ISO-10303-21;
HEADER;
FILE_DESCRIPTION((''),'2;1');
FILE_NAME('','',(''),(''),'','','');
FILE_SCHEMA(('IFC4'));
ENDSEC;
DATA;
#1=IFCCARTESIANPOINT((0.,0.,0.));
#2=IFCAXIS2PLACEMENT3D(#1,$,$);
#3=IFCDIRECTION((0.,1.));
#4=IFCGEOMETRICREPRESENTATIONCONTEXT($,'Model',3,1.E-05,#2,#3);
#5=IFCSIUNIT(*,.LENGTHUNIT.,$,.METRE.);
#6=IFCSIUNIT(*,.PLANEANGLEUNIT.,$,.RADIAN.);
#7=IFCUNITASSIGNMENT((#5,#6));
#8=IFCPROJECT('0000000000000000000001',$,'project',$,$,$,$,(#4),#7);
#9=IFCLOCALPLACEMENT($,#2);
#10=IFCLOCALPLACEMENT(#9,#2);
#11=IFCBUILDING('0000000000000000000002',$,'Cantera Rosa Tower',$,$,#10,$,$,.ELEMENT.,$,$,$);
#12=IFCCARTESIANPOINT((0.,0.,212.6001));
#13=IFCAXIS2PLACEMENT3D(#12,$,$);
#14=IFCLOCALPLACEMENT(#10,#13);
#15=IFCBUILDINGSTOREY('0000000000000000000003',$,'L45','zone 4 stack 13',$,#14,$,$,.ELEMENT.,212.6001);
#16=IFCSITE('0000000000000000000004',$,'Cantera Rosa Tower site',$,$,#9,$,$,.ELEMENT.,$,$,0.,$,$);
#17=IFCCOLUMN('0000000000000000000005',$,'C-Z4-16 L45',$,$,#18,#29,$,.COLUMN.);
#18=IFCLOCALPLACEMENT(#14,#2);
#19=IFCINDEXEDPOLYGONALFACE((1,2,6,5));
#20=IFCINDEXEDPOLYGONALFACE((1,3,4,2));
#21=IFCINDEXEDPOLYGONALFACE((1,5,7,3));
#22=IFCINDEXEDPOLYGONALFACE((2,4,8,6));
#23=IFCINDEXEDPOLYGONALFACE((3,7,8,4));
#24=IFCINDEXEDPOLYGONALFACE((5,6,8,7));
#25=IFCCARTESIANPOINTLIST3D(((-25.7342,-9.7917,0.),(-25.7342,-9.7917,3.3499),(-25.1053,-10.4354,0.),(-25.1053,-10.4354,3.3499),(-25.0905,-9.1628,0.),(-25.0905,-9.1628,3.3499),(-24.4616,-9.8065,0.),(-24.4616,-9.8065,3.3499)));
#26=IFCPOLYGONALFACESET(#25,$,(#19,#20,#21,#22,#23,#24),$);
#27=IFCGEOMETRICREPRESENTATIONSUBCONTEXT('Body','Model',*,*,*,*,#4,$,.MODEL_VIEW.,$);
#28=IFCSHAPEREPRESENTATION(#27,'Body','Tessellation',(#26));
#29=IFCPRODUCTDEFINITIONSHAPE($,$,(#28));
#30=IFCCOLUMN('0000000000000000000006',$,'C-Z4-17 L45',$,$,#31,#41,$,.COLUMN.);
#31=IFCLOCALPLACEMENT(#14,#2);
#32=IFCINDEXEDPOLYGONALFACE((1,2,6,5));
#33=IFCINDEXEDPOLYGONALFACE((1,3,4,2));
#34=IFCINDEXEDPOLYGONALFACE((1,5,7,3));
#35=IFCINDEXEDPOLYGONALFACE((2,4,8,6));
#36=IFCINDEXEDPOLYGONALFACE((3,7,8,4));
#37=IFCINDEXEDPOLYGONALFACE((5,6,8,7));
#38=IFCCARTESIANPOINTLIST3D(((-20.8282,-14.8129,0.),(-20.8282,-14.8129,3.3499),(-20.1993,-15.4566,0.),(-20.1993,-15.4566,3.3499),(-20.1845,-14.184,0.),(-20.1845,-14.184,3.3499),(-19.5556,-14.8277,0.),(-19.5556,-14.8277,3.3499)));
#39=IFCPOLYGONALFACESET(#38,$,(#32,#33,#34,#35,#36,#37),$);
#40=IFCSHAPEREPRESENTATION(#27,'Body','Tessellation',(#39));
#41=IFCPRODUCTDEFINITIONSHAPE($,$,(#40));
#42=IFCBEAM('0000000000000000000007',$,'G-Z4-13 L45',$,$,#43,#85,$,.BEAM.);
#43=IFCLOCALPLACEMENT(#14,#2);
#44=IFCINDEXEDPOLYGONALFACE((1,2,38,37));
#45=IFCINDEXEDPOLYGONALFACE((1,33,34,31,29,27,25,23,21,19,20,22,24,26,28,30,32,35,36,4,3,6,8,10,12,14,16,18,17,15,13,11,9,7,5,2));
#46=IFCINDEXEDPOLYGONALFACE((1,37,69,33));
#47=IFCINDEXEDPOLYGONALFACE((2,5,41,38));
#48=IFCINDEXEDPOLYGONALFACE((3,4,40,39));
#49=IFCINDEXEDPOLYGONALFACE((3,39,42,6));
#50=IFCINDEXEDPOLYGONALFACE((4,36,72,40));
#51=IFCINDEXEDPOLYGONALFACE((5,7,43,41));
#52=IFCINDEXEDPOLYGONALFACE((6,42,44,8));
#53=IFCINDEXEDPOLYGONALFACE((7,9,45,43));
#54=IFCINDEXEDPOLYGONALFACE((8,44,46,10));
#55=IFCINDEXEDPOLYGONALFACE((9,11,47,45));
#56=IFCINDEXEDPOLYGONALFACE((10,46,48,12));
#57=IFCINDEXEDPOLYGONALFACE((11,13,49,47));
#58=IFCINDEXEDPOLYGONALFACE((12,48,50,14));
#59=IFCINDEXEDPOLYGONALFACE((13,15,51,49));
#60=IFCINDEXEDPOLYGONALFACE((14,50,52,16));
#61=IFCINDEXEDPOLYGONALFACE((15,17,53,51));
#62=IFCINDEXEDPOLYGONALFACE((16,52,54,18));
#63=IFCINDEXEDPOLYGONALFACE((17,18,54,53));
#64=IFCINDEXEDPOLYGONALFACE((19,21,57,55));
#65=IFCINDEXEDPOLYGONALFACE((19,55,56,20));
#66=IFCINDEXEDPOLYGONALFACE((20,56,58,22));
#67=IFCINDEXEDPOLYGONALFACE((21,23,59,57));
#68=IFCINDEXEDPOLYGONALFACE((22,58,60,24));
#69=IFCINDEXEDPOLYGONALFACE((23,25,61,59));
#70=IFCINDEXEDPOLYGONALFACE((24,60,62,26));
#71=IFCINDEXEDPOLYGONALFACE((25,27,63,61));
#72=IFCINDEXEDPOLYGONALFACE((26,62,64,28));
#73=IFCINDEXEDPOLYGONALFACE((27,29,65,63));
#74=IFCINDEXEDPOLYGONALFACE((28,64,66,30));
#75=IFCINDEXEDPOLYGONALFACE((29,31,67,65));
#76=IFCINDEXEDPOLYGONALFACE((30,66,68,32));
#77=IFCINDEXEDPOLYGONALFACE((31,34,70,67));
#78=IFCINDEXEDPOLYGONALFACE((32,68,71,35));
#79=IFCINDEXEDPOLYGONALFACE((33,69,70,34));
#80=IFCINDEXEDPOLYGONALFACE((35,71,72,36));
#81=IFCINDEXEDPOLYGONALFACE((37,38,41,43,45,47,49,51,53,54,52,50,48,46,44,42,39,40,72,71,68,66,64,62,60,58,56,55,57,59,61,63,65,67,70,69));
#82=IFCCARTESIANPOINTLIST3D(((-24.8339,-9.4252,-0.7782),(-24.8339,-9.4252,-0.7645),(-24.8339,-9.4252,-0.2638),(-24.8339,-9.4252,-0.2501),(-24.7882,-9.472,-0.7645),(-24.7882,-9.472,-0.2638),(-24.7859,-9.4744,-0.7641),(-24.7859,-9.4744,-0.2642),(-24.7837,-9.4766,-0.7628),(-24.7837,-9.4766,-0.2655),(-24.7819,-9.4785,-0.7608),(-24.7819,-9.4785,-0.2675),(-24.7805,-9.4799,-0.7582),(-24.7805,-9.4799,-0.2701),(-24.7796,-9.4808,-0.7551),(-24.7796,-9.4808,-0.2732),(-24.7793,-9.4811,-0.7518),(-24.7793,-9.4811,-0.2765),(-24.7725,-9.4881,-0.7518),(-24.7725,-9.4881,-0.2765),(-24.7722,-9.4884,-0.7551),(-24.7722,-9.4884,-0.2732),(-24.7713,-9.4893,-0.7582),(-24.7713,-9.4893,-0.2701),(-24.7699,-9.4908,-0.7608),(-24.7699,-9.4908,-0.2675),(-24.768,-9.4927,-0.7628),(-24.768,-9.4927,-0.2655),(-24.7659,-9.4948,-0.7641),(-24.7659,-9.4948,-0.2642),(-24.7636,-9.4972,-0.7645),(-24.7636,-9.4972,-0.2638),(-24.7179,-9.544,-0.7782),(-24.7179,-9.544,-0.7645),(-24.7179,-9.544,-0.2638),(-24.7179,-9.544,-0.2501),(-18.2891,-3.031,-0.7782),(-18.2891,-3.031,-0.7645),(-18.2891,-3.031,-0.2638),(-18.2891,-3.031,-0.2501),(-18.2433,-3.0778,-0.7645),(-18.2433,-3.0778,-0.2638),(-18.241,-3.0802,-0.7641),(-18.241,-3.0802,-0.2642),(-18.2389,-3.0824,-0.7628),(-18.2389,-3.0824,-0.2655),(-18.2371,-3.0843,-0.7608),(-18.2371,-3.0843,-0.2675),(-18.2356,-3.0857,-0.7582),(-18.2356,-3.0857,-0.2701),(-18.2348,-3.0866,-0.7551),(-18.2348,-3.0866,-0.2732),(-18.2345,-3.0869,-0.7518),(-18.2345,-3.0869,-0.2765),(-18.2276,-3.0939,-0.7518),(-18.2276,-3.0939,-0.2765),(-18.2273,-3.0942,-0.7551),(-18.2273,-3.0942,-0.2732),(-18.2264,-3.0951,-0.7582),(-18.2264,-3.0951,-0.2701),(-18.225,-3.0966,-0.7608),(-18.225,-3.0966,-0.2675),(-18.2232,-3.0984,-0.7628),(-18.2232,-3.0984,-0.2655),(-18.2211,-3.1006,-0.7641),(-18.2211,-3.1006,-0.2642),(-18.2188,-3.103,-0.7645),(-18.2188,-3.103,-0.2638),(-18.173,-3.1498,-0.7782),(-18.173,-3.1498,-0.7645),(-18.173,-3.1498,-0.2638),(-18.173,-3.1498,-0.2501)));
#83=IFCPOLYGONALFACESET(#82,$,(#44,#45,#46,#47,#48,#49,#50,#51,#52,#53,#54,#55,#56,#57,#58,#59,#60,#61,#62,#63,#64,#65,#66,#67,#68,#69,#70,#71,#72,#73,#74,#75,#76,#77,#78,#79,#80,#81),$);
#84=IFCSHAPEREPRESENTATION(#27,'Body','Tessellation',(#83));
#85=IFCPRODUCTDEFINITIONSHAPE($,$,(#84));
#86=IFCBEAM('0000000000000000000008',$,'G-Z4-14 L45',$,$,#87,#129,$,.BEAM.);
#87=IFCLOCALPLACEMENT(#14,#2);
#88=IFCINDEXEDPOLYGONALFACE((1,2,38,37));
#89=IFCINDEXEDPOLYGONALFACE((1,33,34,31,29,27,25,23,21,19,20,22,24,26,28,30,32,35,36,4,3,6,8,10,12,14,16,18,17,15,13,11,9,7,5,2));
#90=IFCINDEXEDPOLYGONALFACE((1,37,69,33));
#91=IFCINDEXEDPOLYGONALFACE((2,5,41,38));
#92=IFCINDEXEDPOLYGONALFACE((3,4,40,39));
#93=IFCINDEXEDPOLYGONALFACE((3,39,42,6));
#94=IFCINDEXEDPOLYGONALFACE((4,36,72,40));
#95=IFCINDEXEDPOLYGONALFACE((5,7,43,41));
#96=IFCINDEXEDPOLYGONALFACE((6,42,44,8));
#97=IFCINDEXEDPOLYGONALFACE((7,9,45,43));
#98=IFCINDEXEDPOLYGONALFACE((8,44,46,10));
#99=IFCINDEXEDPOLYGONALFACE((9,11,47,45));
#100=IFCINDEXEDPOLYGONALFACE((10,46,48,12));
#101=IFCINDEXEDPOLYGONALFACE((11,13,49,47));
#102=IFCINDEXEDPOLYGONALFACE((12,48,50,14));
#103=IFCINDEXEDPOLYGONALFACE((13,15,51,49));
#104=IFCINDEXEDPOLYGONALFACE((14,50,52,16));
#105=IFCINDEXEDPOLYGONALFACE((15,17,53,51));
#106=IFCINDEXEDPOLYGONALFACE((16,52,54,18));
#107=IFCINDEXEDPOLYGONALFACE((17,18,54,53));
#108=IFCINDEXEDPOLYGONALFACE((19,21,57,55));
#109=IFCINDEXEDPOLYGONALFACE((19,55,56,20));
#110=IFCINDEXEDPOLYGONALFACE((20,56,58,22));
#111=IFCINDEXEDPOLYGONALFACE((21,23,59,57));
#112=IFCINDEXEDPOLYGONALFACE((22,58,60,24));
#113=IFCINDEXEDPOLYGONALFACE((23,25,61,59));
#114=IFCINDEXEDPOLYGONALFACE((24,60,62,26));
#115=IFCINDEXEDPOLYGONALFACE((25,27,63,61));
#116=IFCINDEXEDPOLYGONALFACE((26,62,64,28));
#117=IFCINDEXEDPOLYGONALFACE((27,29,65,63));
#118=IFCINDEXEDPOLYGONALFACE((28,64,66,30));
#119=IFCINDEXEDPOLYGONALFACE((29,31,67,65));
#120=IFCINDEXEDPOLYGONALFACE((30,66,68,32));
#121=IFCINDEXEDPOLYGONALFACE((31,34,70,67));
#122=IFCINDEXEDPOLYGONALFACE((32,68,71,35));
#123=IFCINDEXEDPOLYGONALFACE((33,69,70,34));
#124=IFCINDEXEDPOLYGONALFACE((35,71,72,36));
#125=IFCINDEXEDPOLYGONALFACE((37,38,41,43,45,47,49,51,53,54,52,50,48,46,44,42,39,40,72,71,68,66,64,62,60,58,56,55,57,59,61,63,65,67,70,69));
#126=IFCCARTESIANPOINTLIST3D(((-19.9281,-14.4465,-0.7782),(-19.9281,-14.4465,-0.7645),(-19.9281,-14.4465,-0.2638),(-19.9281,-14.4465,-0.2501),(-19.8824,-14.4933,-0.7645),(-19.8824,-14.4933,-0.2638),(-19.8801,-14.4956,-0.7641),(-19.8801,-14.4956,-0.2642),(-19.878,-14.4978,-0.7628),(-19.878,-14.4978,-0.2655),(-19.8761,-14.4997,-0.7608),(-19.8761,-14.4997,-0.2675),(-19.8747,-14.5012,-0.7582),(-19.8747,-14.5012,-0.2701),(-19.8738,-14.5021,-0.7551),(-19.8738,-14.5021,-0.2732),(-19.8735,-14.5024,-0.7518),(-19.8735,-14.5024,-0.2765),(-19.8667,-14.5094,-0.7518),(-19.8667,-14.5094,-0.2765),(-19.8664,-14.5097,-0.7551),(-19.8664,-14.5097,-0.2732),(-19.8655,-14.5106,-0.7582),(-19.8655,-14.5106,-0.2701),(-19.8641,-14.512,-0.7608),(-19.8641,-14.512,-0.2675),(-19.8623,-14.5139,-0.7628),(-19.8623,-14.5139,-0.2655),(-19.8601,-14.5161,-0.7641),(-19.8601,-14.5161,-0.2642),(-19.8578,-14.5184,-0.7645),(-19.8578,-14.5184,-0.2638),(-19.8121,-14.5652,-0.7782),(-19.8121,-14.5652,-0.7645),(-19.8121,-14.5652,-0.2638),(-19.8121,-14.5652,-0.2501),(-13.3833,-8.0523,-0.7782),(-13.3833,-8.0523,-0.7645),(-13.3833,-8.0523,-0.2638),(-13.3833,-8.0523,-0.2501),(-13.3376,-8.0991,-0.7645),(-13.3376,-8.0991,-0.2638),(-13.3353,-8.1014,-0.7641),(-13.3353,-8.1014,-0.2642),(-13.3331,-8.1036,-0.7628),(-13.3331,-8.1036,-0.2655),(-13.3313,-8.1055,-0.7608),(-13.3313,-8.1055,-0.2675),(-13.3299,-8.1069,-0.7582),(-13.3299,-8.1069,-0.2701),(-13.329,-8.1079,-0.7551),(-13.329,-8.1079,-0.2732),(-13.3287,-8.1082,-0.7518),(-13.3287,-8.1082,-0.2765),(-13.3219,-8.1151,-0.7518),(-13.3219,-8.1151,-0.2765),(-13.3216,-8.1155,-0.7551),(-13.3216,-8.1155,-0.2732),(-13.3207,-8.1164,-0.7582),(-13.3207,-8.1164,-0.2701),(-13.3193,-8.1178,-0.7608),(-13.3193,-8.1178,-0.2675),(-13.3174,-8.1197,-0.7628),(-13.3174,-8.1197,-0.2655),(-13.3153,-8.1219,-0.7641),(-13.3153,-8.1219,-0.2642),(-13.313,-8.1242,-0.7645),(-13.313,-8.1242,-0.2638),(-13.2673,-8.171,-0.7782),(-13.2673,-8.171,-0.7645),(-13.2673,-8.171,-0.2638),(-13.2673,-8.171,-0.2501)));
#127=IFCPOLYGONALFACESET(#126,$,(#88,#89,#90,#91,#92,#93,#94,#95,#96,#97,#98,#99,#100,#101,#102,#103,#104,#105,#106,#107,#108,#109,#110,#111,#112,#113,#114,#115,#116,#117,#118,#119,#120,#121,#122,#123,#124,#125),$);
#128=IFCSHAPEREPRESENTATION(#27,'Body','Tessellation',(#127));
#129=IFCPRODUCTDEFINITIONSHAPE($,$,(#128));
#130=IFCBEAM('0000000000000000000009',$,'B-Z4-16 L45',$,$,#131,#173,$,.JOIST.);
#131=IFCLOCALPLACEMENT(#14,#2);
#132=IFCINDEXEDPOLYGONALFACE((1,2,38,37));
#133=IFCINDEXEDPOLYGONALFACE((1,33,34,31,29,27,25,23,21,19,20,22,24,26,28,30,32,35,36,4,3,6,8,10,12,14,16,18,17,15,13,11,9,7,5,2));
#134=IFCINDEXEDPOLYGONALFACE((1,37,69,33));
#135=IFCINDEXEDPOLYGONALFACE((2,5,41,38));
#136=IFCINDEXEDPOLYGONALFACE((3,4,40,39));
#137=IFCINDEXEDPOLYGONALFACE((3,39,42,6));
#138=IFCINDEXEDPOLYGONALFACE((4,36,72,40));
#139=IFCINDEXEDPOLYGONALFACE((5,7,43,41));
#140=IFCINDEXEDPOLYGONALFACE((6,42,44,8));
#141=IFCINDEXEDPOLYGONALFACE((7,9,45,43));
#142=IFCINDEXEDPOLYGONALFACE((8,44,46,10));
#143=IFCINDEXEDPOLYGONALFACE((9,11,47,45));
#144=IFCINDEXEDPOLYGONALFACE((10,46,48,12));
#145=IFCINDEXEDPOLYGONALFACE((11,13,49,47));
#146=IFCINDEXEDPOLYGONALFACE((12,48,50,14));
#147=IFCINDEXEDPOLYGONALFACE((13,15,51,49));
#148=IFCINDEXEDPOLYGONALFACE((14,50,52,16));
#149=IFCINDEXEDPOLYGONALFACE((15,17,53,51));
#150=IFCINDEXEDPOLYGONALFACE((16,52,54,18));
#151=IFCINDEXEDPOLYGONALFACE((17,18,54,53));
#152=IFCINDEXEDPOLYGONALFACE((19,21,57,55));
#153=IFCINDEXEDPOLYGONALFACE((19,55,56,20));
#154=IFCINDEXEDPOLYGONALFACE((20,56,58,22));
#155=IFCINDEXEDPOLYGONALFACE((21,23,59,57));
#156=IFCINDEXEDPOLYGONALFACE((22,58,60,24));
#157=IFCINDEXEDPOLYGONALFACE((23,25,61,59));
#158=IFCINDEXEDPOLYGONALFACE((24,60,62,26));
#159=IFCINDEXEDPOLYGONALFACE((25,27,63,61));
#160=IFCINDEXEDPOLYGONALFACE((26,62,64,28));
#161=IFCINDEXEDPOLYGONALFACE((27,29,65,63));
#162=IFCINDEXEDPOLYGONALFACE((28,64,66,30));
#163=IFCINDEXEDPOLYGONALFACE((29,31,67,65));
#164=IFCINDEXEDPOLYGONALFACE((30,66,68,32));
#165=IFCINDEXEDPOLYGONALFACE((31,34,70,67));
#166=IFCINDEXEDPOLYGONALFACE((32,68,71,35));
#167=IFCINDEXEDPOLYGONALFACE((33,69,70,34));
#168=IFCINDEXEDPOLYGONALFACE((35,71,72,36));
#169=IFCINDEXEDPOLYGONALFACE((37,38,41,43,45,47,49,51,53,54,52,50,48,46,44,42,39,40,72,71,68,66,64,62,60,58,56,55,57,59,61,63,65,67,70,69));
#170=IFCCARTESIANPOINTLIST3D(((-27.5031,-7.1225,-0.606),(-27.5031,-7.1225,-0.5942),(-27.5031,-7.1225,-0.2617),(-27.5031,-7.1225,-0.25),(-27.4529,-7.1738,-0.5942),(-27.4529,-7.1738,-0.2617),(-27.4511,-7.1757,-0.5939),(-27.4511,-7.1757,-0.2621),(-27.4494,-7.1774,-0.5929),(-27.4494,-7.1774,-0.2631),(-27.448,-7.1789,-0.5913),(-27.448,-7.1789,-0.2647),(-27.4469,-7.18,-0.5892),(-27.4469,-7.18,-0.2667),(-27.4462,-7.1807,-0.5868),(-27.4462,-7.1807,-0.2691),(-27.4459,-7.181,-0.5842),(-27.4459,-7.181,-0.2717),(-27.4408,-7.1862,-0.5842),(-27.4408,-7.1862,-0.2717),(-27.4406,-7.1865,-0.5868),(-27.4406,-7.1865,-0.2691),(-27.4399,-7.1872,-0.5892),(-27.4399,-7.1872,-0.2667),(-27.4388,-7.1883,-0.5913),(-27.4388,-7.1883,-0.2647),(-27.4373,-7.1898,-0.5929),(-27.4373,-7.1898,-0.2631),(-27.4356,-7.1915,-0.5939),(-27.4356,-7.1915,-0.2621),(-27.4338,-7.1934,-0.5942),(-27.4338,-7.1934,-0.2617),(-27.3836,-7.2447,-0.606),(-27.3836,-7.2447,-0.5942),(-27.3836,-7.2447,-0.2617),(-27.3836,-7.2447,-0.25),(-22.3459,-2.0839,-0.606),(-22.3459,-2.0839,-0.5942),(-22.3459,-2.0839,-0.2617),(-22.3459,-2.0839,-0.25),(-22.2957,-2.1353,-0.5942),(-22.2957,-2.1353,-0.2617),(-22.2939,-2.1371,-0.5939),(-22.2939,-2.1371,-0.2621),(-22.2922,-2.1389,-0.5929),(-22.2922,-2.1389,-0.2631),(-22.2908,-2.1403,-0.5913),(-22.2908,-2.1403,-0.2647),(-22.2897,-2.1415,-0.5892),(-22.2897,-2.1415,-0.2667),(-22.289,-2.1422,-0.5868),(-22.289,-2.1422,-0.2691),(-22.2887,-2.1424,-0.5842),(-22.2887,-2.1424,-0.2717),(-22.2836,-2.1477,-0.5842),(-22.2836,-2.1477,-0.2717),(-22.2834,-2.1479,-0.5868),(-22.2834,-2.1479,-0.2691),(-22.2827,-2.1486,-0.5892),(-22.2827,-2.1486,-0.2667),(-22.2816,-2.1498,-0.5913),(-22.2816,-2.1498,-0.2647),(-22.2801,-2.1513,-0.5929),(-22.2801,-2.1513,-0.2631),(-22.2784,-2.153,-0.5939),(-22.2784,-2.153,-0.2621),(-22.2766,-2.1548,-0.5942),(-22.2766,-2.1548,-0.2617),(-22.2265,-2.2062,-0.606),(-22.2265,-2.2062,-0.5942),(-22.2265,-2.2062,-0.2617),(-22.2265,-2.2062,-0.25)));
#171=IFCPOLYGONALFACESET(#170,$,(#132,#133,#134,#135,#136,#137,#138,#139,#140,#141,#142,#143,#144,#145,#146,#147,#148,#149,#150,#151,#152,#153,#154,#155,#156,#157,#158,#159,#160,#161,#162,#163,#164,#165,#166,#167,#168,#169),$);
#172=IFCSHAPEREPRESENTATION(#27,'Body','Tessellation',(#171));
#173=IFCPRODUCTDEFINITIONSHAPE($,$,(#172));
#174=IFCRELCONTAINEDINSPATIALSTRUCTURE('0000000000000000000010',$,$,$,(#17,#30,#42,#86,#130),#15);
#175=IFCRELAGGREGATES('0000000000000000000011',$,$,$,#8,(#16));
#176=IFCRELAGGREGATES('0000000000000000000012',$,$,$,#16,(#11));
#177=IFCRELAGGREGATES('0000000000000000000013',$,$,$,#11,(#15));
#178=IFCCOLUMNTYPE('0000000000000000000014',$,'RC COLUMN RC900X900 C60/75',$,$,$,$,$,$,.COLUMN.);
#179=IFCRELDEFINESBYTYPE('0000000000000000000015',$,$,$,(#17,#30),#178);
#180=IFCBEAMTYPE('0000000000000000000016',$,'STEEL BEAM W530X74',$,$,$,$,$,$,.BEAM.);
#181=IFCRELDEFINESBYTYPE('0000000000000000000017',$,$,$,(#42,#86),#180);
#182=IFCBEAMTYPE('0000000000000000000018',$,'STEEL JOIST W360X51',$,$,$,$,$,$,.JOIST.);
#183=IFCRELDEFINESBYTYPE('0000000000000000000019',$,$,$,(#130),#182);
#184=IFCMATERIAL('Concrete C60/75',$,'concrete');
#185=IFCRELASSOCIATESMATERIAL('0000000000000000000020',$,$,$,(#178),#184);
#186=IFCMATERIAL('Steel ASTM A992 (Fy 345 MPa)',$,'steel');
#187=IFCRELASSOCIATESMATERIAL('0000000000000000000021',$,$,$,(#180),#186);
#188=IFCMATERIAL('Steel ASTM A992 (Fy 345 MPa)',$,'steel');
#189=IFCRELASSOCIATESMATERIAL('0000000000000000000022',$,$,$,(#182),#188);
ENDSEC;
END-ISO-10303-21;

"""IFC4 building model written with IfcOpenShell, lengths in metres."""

from ifc_helpers import new_model, si_unit, direction, frame, origin, origin_2d, place, context, subcontext, project, spatial, rectangle, i_section, extrude, material, material_profile, profile_set, type_object, element, save


model = new_model("IFC4")

# Units and contexts
model_context = context("Model", 3, precision=1e-05, world=origin(), true_north=direction((0.0, 1.0)))
body_context = subcontext(model_context, "Body", "Model", "MODEL_VIEW")
ifc_project = project(units=[si_unit("LENGTHUNIT", "METRE"), si_unit("PLANEANGLEUNIT", "RADIAN")], contexts=[model_context])

# Site, building, storey
site_placement = place(None, origin())
site = spatial("IfcSite", under=ifc_project, at=site_placement, Name="Cantera Rosa Tower site", CompositionType="ELEMENT", RefElevation=0.0)
building_placement = place(site_placement, origin())
building = spatial("IfcBuilding", under=site, at=building_placement, Name="Cantera Rosa Tower", CompositionType="ELEMENT")
storey_placement = place(building_placement, frame((0.0, 0.0, 212.6001)))
storey = spatial("IfcBuildingStorey", under=building, at=storey_placement, Name="L45", Description="zone 4 stack 13", CompositionType="ELEMENT", Elevation=212.6001)

# Columns
ifc_material_1 = material(Name="Concrete C60/75", Category="concrete")
ifc_material_profile_1 = material_profile(ifc_material_1, rectangle(XDim=0.8999, YDim=0.8999, at=origin_2d()), Name="RC COLUMN RC900X900 C60/75")
ifc_profile_set_1 = profile_set([ifc_material_profile_1], Name="Concrete C60/75")
column_type = type_object("IfcColumnType", Name="RC COLUMN RC900X900 C60/75", PredefinedType="COLUMN", material=ifc_profile_set_1)
for number, where, z_axis, x_axis, name in (
    (1, (-25.0979, -9.7991, 0.0), (0.0, 0.0, 1.0), (0.715286, 0.698832, 0.0), "C-Z4-16 L45"),
    (2, (-20.1919, -14.8203, 0.0), (0.0, 0.0, 1.0), (0.715286, 0.698832, 0.0), "C-Z4-17 L45"),
):
    element("IfcColumn", number, at=place(storey_placement, frame(where, z_axis=z_axis, x_axis=x_axis)), inside=storey, type_object=column_type, Name=name, PredefinedType="COLUMN", context=body_context, shape_type="SweptSolid", body=[
        extrude(rectangle(XDim=0.8999, YDim=0.8999, at=origin_2d()), origin(), (0.0, 0.0, 1.0), 3.3499),
    ])

# Beams
ifc_material_2 = material(Name="Steel ASTM A992 (Fy 345 MPa)", Category="steel")
ifc_material_profile_2 = material_profile(ifc_material_2, i_section(OverallWidth=0.166, OverallDepth=0.5281, WebThickness=0.0098, FlangeThickness=0.0137, FilletRadius=0.0127, at=origin_2d()), Name="W530X74")
ifc_profile_set_2 = profile_set([ifc_material_profile_2], Name="Steel ASTM A992 (Fy 345 MPa)")
beam_type_1 = type_object("IfcBeamType", Name="STEEL BEAM W530X74", PredefinedType="BEAM", material=ifc_profile_set_2)
for number, where, z_axis, x_axis, name in (
    (3, (-24.7759, -9.4846, -0.5142), (0.71529, 0.698827, 0.0), (-0.698827, 0.71529, 0.0), "G-Z4-13 L45"),
    (4, (-19.8701, -14.5059, -0.5142), (0.71529, 0.698827, 0.0), (-0.698827, 0.71529, 0.0), "G-Z4-14 L45"),
):
    element("IfcBeam", number, at=place(storey_placement, frame(where, z_axis=z_axis, x_axis=x_axis)), inside=storey, type_object=beam_type_1, Name=name, PredefinedType="BEAM", context=body_context, shape_type="SweptSolid", body=[
        extrude(i_section(OverallWidth=0.166, OverallDepth=0.5281, WebThickness=0.0098, FlangeThickness=0.0137, FilletRadius=0.0127, at=origin_2d()), origin(), (0.0, 0.0, 1.0), 9.1499),
    ])
ifc_material_3 = material(Name="Steel ASTM A992 (Fy 345 MPa)", Category="steel")
ifc_material_profile_3 = material_profile(ifc_material_3, i_section(OverallWidth=0.1709, OverallDepth=0.356, WebThickness=0.0073, FlangeThickness=0.0117, FilletRadius=0.01, at=origin_2d()), Name="W360X51")
ifc_profile_set_3 = profile_set([ifc_material_profile_3], Name="Steel ASTM A992 (Fy 345 MPa)")
beam_type_2 = type_object("IfcBeamType", Name="STEEL JOIST W360X51", PredefinedType="JOIST", material=ifc_profile_set_3)
beam_1_placement = place(storey_placement, frame((-27.4434, -7.1836, -0.428), z_axis=(0.715287, 0.698831, 0.0), x_axis=(-0.698831, 0.715287, 0.0)))
element("IfcBeam", 5, at=beam_1_placement, inside=storey, type_object=beam_type_2, Name="B-Z4-16 L45", PredefinedType="JOIST", context=body_context, shape_type="SweptSolid", body=[
    extrude(i_section(OverallWidth=0.1709, OverallDepth=0.356, WebThickness=0.0073, FlangeThickness=0.0117, FilletRadius=0.01, at=origin_2d()), origin(), (0.0, 0.0, 1.0), 7.21),
])

save(model, "model.ifc")
